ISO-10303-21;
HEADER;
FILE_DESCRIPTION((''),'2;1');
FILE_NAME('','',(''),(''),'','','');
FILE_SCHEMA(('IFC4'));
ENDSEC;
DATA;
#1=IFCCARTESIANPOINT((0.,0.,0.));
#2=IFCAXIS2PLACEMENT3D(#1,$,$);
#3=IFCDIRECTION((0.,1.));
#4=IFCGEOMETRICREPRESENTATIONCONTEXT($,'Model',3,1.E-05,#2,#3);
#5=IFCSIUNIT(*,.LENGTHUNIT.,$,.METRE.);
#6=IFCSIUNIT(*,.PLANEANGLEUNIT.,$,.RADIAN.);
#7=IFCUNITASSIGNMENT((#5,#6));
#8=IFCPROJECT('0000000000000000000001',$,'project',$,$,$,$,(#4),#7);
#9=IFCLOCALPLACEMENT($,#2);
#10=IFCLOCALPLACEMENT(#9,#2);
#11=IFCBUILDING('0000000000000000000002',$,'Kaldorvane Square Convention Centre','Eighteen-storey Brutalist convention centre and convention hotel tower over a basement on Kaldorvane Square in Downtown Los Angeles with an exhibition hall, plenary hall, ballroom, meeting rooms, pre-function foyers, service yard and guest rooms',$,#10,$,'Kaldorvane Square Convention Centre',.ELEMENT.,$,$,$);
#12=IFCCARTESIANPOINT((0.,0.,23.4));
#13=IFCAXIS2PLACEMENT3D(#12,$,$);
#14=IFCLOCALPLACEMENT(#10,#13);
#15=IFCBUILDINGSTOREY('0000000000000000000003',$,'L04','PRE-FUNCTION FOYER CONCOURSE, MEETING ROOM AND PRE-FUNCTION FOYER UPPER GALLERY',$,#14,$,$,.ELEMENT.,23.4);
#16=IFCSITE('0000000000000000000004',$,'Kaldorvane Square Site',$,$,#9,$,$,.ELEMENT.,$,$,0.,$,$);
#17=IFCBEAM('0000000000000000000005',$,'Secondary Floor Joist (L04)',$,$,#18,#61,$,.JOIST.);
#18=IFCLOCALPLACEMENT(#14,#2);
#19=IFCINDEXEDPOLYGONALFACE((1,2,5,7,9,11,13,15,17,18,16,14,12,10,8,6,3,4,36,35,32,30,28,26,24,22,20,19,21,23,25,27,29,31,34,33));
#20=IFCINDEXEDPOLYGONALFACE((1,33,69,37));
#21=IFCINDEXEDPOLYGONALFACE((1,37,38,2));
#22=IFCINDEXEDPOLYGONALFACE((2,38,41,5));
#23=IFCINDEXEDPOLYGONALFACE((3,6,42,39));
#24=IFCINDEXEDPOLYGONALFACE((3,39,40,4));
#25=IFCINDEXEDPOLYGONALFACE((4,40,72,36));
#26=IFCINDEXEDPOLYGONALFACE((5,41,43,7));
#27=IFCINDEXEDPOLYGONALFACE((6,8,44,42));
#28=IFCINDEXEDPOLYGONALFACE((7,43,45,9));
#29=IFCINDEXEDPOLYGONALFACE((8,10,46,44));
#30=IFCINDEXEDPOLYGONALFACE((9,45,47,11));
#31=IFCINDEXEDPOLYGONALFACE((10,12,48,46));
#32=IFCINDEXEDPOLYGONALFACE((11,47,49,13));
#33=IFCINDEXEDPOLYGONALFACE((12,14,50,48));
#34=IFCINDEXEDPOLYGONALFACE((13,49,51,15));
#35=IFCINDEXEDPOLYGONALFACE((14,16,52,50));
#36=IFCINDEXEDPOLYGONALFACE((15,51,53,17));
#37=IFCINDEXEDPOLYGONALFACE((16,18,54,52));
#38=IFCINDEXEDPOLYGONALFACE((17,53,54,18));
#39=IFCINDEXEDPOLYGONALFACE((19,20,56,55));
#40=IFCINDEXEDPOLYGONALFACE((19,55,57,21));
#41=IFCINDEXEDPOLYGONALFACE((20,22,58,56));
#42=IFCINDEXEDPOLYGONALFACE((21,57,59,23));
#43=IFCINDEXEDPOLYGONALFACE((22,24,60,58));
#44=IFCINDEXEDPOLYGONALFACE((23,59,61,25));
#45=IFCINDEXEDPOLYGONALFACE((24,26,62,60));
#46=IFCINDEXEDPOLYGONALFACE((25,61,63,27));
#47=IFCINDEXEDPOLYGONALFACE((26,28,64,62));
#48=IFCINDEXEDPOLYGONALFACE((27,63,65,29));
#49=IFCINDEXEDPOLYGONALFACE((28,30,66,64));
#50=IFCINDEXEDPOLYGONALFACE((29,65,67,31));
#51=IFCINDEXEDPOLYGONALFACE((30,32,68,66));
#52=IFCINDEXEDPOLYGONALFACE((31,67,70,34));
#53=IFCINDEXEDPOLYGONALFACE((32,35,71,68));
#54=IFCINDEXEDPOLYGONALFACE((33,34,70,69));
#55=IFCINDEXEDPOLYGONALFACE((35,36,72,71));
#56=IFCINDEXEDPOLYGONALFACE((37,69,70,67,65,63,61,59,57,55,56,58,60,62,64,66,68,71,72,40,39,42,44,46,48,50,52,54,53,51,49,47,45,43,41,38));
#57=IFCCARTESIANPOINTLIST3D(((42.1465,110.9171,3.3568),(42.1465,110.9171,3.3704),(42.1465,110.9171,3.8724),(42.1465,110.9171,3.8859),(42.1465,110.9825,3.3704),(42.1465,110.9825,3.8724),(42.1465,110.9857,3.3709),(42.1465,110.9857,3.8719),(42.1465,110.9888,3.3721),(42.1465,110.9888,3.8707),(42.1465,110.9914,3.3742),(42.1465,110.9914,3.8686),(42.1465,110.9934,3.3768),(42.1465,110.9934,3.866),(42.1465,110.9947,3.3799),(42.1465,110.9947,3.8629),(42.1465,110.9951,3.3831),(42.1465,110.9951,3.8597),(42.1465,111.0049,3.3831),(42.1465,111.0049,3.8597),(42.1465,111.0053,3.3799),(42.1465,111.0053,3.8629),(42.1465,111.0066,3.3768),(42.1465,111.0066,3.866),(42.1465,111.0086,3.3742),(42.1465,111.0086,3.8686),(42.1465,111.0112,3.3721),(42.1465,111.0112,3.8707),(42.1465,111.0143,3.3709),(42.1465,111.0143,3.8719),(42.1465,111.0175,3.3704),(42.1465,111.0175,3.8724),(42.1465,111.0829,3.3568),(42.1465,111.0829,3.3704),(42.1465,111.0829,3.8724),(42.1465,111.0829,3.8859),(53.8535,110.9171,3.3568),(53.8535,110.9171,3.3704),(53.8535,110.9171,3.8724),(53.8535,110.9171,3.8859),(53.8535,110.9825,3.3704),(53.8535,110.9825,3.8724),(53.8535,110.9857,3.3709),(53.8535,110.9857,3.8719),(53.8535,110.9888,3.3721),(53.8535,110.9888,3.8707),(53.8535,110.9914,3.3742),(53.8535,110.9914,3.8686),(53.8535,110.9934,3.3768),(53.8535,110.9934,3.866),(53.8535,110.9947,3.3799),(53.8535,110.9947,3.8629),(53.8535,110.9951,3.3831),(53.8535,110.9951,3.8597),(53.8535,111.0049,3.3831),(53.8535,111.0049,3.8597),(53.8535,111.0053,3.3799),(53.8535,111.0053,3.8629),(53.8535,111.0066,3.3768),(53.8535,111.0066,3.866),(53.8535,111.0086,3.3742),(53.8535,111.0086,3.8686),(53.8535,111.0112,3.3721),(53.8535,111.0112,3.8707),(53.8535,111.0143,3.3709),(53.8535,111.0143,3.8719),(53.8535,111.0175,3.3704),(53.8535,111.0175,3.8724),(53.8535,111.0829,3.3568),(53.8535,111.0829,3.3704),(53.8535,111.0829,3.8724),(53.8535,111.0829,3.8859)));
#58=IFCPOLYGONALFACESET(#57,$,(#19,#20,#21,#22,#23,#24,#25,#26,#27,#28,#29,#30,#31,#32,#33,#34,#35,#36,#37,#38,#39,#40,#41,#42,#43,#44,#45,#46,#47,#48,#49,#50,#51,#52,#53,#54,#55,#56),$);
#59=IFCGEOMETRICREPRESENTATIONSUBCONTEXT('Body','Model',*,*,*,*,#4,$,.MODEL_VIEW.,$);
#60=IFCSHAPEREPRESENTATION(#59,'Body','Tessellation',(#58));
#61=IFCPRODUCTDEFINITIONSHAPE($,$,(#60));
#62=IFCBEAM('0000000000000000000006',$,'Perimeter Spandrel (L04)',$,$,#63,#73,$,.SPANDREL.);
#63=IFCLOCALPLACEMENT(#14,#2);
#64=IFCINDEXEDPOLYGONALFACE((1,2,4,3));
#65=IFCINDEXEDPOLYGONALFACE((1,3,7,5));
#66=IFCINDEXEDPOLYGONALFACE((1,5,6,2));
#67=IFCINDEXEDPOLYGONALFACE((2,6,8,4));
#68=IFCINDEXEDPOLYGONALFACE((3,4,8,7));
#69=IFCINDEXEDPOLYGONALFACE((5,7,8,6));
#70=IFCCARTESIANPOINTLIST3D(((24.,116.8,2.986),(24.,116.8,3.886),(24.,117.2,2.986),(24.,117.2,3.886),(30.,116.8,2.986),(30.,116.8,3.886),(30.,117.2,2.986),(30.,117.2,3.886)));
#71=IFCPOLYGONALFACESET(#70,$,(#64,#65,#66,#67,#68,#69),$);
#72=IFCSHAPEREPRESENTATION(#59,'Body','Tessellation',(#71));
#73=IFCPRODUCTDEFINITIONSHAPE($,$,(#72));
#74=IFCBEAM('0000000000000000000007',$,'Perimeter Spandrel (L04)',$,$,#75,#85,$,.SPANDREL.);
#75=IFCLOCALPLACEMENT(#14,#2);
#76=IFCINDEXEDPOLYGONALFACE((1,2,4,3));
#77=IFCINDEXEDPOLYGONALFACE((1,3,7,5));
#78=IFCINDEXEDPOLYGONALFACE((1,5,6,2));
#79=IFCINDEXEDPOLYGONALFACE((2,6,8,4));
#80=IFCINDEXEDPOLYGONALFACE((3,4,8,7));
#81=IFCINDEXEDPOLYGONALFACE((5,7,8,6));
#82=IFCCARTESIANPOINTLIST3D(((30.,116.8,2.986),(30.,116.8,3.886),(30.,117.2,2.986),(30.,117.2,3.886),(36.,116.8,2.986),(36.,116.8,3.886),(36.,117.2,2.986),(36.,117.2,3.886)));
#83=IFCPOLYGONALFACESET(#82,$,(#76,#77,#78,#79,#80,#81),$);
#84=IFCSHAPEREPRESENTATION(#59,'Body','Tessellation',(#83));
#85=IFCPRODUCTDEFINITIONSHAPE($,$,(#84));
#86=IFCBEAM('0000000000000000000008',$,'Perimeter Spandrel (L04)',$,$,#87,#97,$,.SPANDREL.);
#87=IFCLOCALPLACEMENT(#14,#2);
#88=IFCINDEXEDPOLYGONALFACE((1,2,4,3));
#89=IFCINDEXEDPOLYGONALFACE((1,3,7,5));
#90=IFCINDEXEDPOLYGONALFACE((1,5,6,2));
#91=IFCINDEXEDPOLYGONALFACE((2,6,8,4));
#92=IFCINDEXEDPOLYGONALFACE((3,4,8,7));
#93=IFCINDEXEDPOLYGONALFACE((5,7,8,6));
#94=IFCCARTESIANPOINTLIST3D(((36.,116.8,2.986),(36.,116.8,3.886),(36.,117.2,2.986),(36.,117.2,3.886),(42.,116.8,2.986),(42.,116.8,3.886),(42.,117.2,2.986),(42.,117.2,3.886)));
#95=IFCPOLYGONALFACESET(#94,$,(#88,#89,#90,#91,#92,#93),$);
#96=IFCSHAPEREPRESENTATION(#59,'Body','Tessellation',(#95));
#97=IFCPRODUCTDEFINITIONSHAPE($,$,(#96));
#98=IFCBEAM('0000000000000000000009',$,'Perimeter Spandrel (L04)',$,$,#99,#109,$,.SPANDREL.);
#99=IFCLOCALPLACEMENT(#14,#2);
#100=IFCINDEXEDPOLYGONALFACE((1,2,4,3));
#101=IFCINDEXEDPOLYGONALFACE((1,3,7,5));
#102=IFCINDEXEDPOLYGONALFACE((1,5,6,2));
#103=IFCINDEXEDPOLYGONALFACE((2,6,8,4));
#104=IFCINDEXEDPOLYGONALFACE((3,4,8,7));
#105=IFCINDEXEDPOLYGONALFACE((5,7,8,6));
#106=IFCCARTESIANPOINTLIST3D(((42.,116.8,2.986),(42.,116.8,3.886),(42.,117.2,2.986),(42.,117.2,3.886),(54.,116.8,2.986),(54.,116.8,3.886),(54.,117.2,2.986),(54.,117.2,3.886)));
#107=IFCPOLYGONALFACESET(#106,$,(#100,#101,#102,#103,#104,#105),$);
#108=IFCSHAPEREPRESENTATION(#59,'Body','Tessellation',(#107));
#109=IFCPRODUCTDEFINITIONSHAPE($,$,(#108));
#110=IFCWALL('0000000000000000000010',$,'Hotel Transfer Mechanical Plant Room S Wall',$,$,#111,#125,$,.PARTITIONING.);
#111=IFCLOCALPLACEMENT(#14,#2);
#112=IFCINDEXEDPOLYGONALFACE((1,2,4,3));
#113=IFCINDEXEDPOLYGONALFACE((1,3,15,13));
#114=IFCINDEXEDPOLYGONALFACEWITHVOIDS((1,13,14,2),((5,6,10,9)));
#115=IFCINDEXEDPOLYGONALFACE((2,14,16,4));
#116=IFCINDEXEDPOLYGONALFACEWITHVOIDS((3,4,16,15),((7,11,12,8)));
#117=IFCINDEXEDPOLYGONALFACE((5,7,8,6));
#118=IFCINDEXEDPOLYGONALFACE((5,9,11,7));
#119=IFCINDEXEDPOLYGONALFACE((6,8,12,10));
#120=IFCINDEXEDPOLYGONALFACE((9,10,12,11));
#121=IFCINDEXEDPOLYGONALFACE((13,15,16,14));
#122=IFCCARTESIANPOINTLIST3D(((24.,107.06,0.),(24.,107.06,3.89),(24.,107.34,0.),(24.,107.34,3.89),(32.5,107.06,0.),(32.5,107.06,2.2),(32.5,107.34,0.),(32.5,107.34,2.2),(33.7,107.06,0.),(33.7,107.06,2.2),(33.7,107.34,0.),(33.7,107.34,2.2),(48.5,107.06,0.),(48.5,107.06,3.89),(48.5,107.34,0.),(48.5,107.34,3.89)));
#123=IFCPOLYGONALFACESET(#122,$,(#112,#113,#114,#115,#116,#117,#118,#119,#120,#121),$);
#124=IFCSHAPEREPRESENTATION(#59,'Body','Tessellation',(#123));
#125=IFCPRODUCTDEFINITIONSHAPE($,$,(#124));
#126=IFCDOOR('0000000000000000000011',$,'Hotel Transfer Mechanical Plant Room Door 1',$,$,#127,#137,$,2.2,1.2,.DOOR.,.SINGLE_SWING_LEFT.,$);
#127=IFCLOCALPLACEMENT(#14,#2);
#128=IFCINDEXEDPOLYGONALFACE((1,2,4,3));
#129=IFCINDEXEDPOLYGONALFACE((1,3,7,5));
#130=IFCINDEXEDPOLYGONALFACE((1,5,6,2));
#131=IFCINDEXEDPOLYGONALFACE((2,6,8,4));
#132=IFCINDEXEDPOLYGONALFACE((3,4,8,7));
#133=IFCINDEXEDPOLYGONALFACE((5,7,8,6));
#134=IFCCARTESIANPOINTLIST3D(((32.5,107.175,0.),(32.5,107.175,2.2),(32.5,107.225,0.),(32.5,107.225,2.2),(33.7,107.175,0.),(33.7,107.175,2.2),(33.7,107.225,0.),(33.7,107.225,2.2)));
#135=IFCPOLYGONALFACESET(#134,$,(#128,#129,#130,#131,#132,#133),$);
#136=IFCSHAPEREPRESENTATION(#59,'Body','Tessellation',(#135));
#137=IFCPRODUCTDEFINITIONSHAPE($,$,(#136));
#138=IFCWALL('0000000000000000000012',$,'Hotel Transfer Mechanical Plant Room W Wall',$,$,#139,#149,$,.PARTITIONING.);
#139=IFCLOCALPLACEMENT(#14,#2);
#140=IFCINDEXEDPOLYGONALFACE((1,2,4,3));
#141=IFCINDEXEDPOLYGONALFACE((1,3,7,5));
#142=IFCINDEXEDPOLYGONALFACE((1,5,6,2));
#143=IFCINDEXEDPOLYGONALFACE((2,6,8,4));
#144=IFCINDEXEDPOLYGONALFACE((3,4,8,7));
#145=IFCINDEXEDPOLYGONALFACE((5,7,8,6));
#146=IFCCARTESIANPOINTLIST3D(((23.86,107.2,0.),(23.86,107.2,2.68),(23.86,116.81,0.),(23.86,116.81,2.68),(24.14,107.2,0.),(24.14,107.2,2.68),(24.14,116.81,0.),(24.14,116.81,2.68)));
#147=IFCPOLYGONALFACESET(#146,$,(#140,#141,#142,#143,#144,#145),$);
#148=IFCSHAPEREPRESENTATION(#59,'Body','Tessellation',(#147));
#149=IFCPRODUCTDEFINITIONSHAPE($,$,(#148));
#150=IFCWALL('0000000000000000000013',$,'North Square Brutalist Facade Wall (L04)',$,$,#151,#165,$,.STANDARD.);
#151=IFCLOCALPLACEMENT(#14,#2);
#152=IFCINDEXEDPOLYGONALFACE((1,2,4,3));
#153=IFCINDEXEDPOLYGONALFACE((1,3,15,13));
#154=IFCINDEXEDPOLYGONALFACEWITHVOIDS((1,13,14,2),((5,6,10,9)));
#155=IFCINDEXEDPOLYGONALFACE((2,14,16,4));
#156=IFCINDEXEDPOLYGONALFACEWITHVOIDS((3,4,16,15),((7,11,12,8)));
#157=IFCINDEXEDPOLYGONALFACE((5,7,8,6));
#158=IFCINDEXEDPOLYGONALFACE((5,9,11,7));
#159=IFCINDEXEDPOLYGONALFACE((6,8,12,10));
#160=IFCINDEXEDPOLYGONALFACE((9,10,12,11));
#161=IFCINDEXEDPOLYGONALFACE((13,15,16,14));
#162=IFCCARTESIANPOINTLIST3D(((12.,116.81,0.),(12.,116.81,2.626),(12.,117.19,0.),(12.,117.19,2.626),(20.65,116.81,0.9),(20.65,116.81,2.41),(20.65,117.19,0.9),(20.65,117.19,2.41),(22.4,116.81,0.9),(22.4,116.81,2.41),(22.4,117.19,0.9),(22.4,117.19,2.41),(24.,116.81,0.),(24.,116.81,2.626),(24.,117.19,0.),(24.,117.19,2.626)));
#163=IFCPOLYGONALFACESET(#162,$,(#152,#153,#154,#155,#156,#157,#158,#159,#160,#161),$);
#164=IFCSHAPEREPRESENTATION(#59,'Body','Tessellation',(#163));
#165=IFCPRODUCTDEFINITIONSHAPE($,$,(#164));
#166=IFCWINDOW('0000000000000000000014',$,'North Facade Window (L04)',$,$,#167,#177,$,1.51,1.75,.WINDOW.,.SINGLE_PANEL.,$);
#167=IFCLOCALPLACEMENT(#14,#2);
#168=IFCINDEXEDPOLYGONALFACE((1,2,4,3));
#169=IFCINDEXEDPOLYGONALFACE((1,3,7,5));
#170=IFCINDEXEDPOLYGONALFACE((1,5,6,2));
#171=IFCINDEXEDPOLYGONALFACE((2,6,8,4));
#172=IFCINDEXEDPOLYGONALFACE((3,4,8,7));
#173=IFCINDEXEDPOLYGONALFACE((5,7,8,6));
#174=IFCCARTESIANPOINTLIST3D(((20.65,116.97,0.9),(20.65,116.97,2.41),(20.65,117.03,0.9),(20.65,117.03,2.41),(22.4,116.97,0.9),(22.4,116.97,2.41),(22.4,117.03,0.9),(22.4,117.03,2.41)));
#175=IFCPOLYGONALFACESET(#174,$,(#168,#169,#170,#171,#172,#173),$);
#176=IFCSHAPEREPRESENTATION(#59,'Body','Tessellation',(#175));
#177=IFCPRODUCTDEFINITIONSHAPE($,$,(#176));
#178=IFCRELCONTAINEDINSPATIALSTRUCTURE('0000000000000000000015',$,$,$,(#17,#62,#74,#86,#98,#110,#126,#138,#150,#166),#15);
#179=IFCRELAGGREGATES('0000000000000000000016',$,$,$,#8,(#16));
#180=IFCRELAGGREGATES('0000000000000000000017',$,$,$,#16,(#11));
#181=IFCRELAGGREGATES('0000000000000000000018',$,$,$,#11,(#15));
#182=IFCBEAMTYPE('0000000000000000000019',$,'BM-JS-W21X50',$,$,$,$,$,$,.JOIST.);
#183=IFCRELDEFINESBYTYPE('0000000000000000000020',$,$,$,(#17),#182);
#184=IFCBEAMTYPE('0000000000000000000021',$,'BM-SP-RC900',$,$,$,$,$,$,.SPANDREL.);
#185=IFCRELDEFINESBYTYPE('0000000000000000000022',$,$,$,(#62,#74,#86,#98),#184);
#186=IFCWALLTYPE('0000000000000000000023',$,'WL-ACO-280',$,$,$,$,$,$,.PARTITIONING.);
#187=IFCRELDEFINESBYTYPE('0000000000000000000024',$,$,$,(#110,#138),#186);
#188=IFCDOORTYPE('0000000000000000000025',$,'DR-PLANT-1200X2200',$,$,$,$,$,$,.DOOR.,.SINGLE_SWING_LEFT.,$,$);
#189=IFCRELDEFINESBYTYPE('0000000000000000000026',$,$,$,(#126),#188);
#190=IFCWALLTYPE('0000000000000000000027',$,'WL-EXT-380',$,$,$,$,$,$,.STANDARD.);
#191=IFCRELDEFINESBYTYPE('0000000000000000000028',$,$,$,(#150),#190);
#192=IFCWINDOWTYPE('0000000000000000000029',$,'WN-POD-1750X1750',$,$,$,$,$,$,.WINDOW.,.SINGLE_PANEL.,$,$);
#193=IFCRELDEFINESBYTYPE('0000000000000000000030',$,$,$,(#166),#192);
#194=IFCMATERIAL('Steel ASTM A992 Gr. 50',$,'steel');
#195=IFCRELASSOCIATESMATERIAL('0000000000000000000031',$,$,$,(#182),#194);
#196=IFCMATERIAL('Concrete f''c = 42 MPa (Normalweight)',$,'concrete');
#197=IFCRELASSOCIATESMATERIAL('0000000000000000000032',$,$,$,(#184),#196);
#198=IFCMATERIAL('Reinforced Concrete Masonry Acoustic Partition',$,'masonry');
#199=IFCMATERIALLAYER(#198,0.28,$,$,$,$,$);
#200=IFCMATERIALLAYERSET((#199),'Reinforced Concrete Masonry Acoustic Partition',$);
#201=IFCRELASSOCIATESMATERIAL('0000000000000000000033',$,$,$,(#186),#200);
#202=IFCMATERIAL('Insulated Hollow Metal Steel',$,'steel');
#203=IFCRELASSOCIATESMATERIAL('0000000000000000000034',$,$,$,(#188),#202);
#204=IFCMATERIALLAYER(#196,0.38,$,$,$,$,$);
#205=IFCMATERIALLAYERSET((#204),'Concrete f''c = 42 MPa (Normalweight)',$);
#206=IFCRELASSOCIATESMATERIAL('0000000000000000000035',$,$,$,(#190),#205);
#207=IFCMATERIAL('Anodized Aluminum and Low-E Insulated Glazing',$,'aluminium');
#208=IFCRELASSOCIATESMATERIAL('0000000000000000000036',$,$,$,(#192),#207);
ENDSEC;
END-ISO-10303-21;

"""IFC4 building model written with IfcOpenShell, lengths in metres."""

from ifc_helpers import new_model, si_unit, direction, frame, frame_2d, origin, origin_2d, place, context, subcontext, project, spatial, rectangle, i_section, extrude, material, layer, layer_set, material_profile, profile_set, type_object, element, fill, save


model = new_model("IFC4")

# Units and contexts
model_context = context("Model", 3, precision=1e-05, world=origin(), true_north=direction((0.0, 1.0)))
body_context = subcontext(model_context, "Body", "Model", "MODEL_VIEW")
ifc_project = project(units=[si_unit("LENGTHUNIT", "METRE"), si_unit("PLANEANGLEUNIT", "RADIAN")], contexts=[model_context])

# Site, building, storey
site_placement = place(None, origin())
site = spatial("IfcSite", under=ifc_project, at=site_placement, Name="Kaldorvane Square Site", CompositionType="ELEMENT", RefElevation=0.0)
building_placement = place(site_placement, origin())
building = spatial("IfcBuilding", under=site, at=building_placement, Name="Kaldorvane Square Convention Centre", Description="Eighteen-storey Brutalist convention centre and convention hotel tower over a basement on Kaldorvane Square in Downtown Los Angeles with an exhibition hall, plenary hall, ballroom, meeting rooms, pre-function foyers, service yard and guest rooms", LongName="Kaldorvane Square Convention Centre", CompositionType="ELEMENT")
storey_placement = place(building_placement, frame((0.0, 0.0, 23.4)))
storey = spatial("IfcBuildingStorey", under=building, at=storey_placement, Name="L04", Description="PRE-FUNCTION FOYER CONCOURSE, MEETING ROOM AND PRE-FUNCTION FOYER UPPER GALLERY", CompositionType="ELEMENT", Elevation=23.4)

# Shared definitions
ifc_material_1 = material(Name="Steel ASTM A992 Gr. 50", Category="steel")

# Beams
ifc_material_profile_1 = material_profile(ifc_material_1, i_section(OverallWidth=0.1659, OverallDepth=0.5291, WebThickness=0.0097, FlangeThickness=0.0136, FilletRadius=0.0127, at=origin_2d()), Name="W21X50")
ifc_profile_set_1 = profile_set([ifc_material_profile_1], Name="Steel ASTM A992 Gr. 50")
beam_type_1 = type_object("IfcBeamType", Name="BM-JS-W21X50", PredefinedType="JOIST", material=ifc_profile_set_1)
beam_1_placement = place(storey_placement, frame((42.1465, 111.0, 3.6214), z_axis=(1.0, 0.0, 0.0), x_axis=(0.0, 1.0, 0.0)))
element("IfcBeam", 1, at=beam_1_placement, inside=storey, type_object=beam_type_1, Name="Secondary Floor Joist (L04)", PredefinedType="JOIST", context=body_context, shape_type="SweptSolid", body=[
    extrude(i_section(OverallWidth=0.1659, OverallDepth=0.5291, WebThickness=0.0097, FlangeThickness=0.0136, FilletRadius=0.0127, at=origin_2d()), origin(), (0.0, 0.0, 1.0), 11.707),
])
ifc_material_2 = material(Name="Concrete f'c = 42 MPa (Normalweight)", Category="concrete")
ifc_material_profile_2 = material_profile(ifc_material_2, rectangle(XDim=0.4, YDim=0.9, at=origin_2d()), Name="RCSP900X400")
ifc_profile_set_2 = profile_set([ifc_material_profile_2], Name="Concrete f'c = 42 MPa (Normalweight)")
beam_type_2 = type_object("IfcBeamType", Name="BM-SP-RC900", PredefinedType="SPANDREL", material=ifc_profile_set_2)
for number, where, z_axis, x_axis, name in (
    (2, (24.0, 117.0, 3.436), (1.0, 0.0, 0.0), (0.0, 1.0, 0.0), "Perimeter Spandrel (L04)"),
    (3, (30.0, 117.0, 3.436), (1.0, 0.0, 0.0), (0.0, 1.0, 0.0), "Perimeter Spandrel (L04)"),
    (4, (36.0, 117.0, 3.436), (1.0, 0.0, 0.0), (0.0, 1.0, 0.0), "Perimeter Spandrel (L04)"),
):
    element("IfcBeam", number, at=place(storey_placement, frame(where, z_axis=z_axis, x_axis=x_axis)), inside=storey, type_object=beam_type_2, Name=name, PredefinedType="SPANDREL", context=body_context, shape_type="SweptSolid", body=[
        extrude(rectangle(XDim=0.4, YDim=0.9, at=origin_2d()), origin(), (0.0, 0.0, 1.0), 6.0),
    ])
beam_2_placement = place(storey_placement, frame((42.0, 117.0, 3.436), z_axis=(1.0, 0.0, 0.0), x_axis=(0.0, 1.0, 0.0)))
element("IfcBeam", 5, at=beam_2_placement, inside=storey, type_object=beam_type_2, Name="Perimeter Spandrel (L04)", PredefinedType="SPANDREL", context=body_context, shape_type="SweptSolid", body=[
    extrude(rectangle(XDim=0.4, YDim=0.9, at=origin_2d()), origin(), (0.0, 0.0, 1.0), 12.0),
])

# Wall, opening, door
ifc_material_3 = material(Name="Reinforced Concrete Masonry Acoustic Partition", Category="masonry")
ifc_layer_1 = layer(ifc_material_3, 0.28)
ifc_layer_set_1 = layer_set([ifc_layer_1], Name="Reinforced Concrete Masonry Acoustic Partition")
wall_type_1 = type_object("IfcWallType", Name="WL-ACO-280", PredefinedType="PARTITIONING", material=ifc_layer_set_1)
wall_1_placement = place(storey_placement, frame((24.0, 107.2, 0.0), z_axis=(0.0, 0.0, 1.0), x_axis=(1.0, 0.0, 0.0)))
wall_1 = element("IfcWall", 6, at=wall_1_placement, inside=storey, type_object=wall_type_1, Name="Hotel Transfer Mechanical Plant Room S Wall", PredefinedType="PARTITIONING", context=body_context, shape_type="SweptSolid", body=[
    extrude(rectangle(XDim=24.5, YDim=0.28, at=frame_2d((12.25, 0.0))), origin(), (0.0, 0.0, 1.0), 3.89),
])
opening_1_placement = place(wall_1_placement, frame((8.5, 0.0, 0.0)))
opening_1 = element("IfcOpeningElement", 7, at=opening_1_placement, cuts=wall_1, PredefinedType="OPENING", context=body_context, shape_type="SweptSolid", body=[
    extrude(rectangle(XDim=1.2, YDim=2.2, at=frame_2d((0.6, 1.1))), frame((0.0, 0.155, 0.0), z_axis=(0.0, -1.0, 0.0), x_axis=(1.0, 0.0, 0.0)), (0.0, 0.0, 1.0), 0.31),
])
ifc_material_4 = material(Name="Insulated Hollow Metal Steel", Category="steel")
door_type = type_object("IfcDoorType", Name="DR-PLANT-1200X2200", OperationType="SINGLE_SWING_LEFT", PredefinedType="DOOR", material=ifc_material_4)
door_placement = place(opening_1_placement, origin())
door = element("IfcDoor", 8, at=door_placement, inside=storey, type_object=door_type, Name="Hotel Transfer Mechanical Plant Room Door 1", OperationType="SINGLE_SWING_LEFT", OverallHeight=2.2, OverallWidth=1.2, PredefinedType="DOOR", context=body_context, shape_type="SweptSolid", body=[
    extrude(rectangle(XDim=1.2, YDim=2.2, at=frame_2d((0.6, 1.1))), frame((0.0, 0.025, 0.0), z_axis=(0.0, -1.0, 0.0), x_axis=(1.0, 0.0, 0.0)), (0.0, 0.0, 1.0), 0.05),
])
fill(opening_1, door)

# Wall
wall_2_placement = place(storey_placement, frame((24.0, 116.81, 0.0), z_axis=(0.0, 0.0, 1.0), x_axis=(0.0, -1.0, 0.0)))
element("IfcWall", 9, at=wall_2_placement, inside=storey, type_object=wall_type_1, Name="Hotel Transfer Mechanical Plant Room W Wall", PredefinedType="PARTITIONING", context=body_context, shape_type="SweptSolid", body=[
    extrude(rectangle(XDim=9.61, YDim=0.28, at=frame_2d((4.805, 0.0))), origin(), (0.0, 0.0, 1.0), 2.68),
])

# Wall, opening, window
ifc_layer_2 = layer(ifc_material_2, 0.38)
ifc_layer_set_2 = layer_set([ifc_layer_2], Name="Concrete f'c = 42 MPa (Normalweight)")
wall_type_2 = type_object("IfcWallType", Name="WL-EXT-380", PredefinedType="STANDARD", material=ifc_layer_set_2)
wall_3_placement = place(storey_placement, frame((24.0, 117.0, 0.0), z_axis=(0.0, 0.0, 1.0), x_axis=(-1.0, 0.0, 0.0)))
wall_3 = element("IfcWall", 10, at=wall_3_placement, inside=storey, type_object=wall_type_2, Name="North Square Brutalist Facade Wall (L04)", PredefinedType="STANDARD", context=body_context, shape_type="SweptSolid", body=[
    extrude(rectangle(XDim=12.0, YDim=0.38, at=frame_2d((6.0, 0.0))), origin(), (0.0, 0.0, 1.0), 2.626),
])
opening_2_placement = place(wall_3_placement, frame((1.6, 0.0, 0.9)))
opening_2 = element("IfcOpeningElement", 11, at=opening_2_placement, cuts=wall_3, PredefinedType="OPENING", context=body_context, shape_type="SweptSolid", body=[
    extrude(rectangle(XDim=1.75, YDim=1.51, at=frame_2d((0.875, 0.755))), frame((0.0, 0.205, 0.0), z_axis=(0.0, -1.0, 0.0), x_axis=(1.0, 0.0, 0.0)), (0.0, 0.0, 1.0), 0.41),
])
ifc_material_5 = material(Name="Anodized Aluminum and Low-E Insulated Glazing", Category="aluminium")
window_type = type_object("IfcWindowType", Name="WN-POD-1750X1750", PartitioningType="SINGLE_PANEL", PredefinedType="WINDOW", material=ifc_material_5)
window_1_placement = place(opening_2_placement, origin())
window_1 = element("IfcWindow", 12, at=window_1_placement, inside=storey, type_object=window_type, Name="North Facade Window (L04)", OverallHeight=1.51, OverallWidth=1.75, PartitioningType="SINGLE_PANEL", PredefinedType="WINDOW", context=body_context, shape_type="SweptSolid", body=[
    extrude(rectangle(XDim=1.75, YDim=1.51, at=frame_2d((0.875, 0.755))), frame((0.0, 0.03, 0.0), z_axis=(0.0, -1.0, 0.0), x_axis=(1.0, 0.0, 0.0)), (0.0, 0.0, 1.0), 0.06),
])
fill(opening_2, window_1)

save(model, "model.ifc")
